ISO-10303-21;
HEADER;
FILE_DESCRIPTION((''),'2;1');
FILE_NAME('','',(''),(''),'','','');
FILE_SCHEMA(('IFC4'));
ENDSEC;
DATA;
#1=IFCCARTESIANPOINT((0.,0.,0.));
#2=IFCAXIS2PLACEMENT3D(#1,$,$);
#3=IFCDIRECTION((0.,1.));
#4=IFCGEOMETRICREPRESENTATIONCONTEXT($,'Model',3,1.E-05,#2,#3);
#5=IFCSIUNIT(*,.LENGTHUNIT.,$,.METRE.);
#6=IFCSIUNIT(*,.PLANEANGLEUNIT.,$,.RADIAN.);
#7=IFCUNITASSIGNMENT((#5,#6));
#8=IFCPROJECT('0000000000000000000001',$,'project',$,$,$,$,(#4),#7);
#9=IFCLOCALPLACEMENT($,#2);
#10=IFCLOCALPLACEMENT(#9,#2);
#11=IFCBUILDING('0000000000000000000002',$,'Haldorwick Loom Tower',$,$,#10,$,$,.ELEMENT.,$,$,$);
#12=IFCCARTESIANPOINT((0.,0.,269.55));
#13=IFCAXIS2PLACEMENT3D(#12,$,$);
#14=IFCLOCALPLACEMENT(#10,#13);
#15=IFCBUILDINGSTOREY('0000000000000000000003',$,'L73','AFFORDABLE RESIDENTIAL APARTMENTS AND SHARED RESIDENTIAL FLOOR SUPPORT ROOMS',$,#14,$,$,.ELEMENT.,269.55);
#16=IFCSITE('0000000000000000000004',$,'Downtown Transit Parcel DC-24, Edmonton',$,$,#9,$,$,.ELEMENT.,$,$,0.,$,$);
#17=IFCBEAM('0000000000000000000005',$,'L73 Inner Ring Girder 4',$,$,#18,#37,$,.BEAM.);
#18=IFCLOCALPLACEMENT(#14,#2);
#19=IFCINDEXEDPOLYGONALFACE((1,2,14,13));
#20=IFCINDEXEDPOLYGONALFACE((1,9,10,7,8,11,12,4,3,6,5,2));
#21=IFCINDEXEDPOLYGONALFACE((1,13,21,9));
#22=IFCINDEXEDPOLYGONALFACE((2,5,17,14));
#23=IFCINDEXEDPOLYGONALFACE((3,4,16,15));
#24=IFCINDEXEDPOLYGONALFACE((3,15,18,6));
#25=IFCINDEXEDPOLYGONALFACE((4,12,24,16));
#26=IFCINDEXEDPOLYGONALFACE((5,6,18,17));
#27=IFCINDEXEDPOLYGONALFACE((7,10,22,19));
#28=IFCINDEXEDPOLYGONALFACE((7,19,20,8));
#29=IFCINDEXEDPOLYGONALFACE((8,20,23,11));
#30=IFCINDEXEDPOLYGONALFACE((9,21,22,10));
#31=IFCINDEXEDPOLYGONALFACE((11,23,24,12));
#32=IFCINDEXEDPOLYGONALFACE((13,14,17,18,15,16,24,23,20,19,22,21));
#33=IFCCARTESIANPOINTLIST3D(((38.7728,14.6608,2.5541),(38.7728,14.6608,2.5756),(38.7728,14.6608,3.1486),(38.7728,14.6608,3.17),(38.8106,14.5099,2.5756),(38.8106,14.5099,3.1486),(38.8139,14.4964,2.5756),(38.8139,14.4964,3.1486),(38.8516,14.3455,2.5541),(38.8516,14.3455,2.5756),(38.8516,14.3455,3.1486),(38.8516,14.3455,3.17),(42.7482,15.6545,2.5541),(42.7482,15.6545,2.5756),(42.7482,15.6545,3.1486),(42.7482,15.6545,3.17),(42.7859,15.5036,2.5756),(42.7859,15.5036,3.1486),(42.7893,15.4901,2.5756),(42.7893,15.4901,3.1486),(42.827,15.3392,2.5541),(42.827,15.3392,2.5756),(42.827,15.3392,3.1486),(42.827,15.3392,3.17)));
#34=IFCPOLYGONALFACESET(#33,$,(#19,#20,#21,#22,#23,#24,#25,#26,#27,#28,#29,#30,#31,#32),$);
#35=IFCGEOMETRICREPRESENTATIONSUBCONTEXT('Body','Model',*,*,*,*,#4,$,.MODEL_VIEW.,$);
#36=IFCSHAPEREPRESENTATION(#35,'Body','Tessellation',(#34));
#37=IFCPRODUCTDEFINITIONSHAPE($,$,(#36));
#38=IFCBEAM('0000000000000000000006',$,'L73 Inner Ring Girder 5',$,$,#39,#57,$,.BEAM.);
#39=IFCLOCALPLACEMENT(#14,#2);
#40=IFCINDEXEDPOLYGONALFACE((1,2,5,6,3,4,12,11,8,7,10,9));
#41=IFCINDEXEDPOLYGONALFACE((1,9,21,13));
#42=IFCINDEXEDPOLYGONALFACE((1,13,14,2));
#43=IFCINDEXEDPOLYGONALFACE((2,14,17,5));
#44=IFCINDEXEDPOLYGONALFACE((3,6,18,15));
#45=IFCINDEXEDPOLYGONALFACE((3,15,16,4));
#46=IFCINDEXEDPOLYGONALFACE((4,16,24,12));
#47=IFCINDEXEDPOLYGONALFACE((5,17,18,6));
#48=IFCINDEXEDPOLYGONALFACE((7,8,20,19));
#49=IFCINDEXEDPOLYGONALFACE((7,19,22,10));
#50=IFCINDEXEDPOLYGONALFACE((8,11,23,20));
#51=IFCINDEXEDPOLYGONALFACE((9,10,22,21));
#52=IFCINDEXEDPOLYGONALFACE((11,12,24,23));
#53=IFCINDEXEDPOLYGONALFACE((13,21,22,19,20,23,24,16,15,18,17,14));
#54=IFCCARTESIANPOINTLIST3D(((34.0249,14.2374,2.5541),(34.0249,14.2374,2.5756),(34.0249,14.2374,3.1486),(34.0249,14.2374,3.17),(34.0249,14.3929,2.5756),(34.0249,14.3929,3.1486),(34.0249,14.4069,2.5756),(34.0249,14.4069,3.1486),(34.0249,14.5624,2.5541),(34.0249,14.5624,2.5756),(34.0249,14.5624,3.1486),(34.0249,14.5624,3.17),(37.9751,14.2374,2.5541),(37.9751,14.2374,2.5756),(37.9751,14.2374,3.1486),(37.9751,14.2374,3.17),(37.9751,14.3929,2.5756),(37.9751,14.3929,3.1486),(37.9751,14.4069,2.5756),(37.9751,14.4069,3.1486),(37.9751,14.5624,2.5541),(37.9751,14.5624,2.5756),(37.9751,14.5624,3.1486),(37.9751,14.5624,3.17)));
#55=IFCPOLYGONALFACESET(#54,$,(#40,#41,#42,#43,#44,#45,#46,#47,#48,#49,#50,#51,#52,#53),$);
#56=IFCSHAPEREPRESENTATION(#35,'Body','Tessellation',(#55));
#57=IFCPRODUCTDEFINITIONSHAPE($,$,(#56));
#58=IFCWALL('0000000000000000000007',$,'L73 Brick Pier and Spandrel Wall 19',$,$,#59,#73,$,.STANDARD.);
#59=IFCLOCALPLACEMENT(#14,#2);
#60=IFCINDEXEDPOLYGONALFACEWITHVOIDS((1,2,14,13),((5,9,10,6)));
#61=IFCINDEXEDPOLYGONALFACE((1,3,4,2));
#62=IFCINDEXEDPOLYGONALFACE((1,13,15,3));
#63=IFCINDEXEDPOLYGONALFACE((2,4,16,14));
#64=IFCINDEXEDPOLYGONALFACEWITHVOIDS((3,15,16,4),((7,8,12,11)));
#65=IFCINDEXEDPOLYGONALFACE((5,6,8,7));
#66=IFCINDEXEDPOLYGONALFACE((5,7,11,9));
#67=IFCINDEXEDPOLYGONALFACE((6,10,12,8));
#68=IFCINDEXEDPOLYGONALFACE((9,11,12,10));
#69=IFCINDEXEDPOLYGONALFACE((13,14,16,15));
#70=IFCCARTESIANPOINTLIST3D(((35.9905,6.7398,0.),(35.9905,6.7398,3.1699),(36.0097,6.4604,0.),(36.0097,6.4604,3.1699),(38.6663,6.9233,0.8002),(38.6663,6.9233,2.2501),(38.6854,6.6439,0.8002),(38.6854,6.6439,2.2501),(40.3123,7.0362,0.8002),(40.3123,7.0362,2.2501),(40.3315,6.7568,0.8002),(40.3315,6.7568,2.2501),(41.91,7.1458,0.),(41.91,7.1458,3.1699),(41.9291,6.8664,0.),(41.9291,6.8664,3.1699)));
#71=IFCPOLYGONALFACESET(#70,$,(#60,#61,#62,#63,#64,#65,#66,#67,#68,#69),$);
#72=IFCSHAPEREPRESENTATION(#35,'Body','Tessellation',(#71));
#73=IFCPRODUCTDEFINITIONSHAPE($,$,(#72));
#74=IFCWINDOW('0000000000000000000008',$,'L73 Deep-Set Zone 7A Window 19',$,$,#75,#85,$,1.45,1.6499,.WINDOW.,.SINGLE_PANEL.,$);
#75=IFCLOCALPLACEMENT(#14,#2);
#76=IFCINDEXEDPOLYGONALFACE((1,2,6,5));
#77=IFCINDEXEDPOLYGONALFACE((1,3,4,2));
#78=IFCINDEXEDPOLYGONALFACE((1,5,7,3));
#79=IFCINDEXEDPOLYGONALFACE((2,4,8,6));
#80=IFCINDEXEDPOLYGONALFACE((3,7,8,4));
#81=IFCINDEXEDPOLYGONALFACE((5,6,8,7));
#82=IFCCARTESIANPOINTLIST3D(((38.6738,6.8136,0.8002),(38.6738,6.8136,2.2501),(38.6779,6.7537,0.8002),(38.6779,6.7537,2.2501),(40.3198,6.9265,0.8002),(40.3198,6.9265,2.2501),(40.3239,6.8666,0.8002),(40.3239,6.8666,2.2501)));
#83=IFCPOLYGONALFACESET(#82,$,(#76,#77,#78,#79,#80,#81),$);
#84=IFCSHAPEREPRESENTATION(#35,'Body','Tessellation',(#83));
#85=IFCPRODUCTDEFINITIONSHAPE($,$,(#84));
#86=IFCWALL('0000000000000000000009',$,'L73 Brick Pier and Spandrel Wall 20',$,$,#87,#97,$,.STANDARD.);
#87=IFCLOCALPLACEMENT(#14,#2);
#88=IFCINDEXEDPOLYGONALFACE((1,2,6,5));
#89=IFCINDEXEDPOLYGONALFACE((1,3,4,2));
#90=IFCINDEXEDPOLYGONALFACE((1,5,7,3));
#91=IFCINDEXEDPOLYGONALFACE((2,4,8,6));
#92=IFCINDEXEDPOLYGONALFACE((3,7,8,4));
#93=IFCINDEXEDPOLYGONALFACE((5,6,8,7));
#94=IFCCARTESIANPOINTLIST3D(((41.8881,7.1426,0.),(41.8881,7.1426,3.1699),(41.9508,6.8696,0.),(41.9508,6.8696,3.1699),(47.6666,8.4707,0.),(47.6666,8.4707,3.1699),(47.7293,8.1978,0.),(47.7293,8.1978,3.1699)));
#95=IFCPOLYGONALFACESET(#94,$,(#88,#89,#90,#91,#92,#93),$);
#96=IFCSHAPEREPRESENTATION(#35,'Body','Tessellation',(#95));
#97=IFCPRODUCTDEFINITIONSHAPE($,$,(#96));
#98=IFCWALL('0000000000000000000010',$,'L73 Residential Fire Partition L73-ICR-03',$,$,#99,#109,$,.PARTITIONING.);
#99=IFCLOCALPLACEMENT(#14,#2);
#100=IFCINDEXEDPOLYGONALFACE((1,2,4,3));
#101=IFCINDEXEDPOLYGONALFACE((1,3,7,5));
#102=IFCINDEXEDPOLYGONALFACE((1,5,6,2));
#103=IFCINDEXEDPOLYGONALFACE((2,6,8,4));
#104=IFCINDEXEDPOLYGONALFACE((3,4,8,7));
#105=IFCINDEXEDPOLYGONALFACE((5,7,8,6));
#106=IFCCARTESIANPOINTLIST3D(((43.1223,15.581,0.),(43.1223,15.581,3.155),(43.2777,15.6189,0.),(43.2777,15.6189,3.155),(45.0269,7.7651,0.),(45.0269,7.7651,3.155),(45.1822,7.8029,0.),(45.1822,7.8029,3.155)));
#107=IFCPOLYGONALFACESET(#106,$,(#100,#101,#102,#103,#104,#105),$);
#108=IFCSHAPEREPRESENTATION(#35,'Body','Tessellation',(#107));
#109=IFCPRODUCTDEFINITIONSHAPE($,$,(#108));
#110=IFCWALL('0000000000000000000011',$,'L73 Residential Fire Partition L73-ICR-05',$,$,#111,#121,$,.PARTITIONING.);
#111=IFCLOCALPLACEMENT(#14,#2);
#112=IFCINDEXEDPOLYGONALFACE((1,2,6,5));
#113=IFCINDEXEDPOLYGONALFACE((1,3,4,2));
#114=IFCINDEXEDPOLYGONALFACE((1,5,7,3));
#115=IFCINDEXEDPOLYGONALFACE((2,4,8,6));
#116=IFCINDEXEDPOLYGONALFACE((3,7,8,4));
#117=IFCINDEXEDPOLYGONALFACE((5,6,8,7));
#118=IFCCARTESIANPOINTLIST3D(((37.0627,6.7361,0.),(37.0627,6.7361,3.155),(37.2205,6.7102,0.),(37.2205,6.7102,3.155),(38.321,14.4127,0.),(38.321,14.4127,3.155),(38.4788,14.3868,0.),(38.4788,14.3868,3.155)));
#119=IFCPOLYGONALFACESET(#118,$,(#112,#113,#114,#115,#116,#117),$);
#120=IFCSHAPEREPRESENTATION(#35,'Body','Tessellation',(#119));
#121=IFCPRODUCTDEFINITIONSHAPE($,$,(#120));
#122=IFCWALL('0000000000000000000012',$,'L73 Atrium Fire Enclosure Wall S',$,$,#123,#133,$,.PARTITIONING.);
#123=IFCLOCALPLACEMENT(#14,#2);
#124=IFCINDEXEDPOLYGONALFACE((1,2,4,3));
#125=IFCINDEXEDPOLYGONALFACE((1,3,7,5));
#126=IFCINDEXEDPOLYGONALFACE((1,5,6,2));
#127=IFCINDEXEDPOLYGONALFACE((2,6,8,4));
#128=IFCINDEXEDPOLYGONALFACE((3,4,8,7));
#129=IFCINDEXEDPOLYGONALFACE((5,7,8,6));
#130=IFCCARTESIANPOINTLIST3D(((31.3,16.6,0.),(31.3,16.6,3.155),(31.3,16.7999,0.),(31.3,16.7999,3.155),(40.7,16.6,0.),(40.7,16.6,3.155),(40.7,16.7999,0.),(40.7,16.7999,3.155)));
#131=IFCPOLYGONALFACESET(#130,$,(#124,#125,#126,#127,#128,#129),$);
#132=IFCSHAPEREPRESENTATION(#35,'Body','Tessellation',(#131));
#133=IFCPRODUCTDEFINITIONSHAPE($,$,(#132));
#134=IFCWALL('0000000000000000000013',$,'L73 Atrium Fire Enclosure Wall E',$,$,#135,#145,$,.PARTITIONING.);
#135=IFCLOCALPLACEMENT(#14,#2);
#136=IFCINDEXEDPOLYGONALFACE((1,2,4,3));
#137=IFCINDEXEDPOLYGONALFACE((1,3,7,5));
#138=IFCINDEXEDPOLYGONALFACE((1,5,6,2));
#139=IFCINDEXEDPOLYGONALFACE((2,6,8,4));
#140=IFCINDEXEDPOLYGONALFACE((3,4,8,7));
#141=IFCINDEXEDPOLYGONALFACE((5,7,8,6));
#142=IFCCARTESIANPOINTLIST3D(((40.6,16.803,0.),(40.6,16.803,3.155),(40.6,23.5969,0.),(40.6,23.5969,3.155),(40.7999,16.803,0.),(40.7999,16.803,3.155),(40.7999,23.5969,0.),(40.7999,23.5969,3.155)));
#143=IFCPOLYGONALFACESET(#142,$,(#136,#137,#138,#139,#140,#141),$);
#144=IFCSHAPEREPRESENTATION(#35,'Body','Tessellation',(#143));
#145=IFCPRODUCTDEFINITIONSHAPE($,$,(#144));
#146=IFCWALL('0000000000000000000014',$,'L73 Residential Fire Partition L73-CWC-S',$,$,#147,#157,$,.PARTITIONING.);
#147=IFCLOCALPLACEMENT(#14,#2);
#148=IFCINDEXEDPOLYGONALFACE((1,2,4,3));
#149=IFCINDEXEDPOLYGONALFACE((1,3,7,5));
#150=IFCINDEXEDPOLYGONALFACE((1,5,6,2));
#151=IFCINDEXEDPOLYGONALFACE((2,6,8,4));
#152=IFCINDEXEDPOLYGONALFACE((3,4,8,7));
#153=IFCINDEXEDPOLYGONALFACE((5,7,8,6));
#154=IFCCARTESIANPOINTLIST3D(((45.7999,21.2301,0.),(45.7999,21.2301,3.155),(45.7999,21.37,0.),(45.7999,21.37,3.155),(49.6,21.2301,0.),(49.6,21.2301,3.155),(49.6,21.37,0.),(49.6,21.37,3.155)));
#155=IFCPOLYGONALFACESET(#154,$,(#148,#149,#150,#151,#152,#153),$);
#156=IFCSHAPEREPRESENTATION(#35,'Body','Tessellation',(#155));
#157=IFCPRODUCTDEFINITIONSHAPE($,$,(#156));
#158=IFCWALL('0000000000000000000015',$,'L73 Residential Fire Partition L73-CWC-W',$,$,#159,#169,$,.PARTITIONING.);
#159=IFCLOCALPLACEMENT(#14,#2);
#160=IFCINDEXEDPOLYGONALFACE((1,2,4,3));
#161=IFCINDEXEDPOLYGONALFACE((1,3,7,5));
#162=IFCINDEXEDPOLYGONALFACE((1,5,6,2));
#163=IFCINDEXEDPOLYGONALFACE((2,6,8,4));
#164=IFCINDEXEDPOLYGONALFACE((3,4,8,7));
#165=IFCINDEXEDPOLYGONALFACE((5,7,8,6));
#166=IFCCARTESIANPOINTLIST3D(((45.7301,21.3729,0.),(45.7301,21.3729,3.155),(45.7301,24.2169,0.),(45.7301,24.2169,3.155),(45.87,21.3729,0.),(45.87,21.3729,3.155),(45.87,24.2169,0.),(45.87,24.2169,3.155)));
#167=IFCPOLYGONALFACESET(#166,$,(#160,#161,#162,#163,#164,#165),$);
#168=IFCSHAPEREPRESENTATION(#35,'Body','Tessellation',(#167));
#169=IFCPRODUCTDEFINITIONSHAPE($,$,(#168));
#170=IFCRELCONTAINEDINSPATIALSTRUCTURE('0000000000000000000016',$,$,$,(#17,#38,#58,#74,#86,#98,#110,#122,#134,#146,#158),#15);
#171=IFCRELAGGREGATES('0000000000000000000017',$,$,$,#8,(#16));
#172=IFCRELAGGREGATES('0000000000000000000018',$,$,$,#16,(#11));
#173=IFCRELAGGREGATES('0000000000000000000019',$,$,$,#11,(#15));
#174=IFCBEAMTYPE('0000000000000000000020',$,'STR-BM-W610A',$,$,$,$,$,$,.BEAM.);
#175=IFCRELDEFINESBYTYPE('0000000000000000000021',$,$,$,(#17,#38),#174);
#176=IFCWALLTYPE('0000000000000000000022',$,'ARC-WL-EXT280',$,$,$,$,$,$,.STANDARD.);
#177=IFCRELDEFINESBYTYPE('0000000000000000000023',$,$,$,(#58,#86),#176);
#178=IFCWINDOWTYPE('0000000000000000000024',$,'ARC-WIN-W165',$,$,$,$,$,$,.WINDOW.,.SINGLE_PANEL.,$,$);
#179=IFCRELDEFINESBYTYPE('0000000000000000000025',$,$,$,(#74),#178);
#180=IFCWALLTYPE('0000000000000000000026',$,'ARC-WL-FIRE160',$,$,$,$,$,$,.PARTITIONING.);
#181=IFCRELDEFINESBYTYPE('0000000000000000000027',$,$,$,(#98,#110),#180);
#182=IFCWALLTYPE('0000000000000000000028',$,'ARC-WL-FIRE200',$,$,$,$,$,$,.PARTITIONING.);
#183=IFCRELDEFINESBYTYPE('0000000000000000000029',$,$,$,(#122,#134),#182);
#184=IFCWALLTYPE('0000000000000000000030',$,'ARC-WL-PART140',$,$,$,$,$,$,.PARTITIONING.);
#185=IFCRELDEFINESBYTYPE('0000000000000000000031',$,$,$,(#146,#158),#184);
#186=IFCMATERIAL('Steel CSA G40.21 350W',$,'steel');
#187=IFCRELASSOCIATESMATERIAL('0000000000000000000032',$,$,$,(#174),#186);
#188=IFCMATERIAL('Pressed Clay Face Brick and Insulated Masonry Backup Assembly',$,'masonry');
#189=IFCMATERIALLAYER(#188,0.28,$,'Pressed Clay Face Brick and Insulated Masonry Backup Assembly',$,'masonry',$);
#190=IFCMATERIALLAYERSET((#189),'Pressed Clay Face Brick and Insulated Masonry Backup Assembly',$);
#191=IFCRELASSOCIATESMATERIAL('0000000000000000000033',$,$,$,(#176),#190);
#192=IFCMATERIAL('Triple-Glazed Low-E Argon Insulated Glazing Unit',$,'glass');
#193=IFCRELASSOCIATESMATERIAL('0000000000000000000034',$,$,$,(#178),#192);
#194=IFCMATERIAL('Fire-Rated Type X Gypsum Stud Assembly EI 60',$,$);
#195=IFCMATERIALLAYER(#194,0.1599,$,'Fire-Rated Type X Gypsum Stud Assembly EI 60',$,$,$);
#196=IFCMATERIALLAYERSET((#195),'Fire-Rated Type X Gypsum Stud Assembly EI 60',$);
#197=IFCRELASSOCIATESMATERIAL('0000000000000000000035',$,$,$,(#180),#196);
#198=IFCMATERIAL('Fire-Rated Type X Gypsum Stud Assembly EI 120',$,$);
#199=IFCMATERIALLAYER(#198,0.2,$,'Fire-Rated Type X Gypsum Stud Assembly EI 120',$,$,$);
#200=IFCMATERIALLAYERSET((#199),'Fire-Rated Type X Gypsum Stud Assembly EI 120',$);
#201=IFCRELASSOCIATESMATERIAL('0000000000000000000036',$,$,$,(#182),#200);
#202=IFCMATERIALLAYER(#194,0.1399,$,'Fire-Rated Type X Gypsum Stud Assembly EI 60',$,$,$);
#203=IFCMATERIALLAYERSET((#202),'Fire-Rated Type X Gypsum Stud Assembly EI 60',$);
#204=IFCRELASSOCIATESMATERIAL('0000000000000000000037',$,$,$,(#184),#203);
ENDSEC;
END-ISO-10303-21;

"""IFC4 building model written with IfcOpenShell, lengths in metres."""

from ifc_helpers import new_model, si_unit, direction, frame, frame_2d, origin, origin_2d, place, context, subcontext, project, spatial, rectangle, i_section, extrude, material, layer, layer_set, material_profile, profile_set, type_object, element, fill, save


model = new_model("IFC4")

# Units and contexts
model_context = context("Model", 3, precision=1e-05, world=origin(), true_north=direction((0.0, 1.0)))
body_context = subcontext(model_context, "Body", "Model", "MODEL_VIEW")
ifc_project = project(units=[si_unit("LENGTHUNIT", "METRE"), si_unit("PLANEANGLEUNIT", "RADIAN")], contexts=[model_context])

# Site, building, storey
site_placement = place(None, origin())
site = spatial("IfcSite", under=ifc_project, at=site_placement, Name="Downtown Transit Parcel DC-24, Edmonton", CompositionType="ELEMENT", RefElevation=0.0)
building_placement = place(site_placement, origin())
building = spatial("IfcBuilding", under=site, at=building_placement, Name="Haldorwick Loom Tower", CompositionType="ELEMENT")
storey_placement = place(building_placement, frame((0.0, 0.0, 269.55)))
storey = spatial("IfcBuildingStorey", under=building, at=storey_placement, Name="L73", Description="AFFORDABLE RESIDENTIAL APARTMENTS AND SHARED RESIDENTIAL FLOOR SUPPORT ROOMS", CompositionType="ELEMENT", Elevation=269.55)

# Shared definitions
ifc_material_1 = material(Name="Steel CSA G40.21 350W", Category="steel")

# Beams
ifc_material_profile_1 = material_profile(ifc_material_1, i_section(OverallWidth=0.325, OverallDepth=0.616, WebThickness=0.0139, FlangeThickness=0.0215, at=origin_2d()), Name="W610X174", Category="steel")
ifc_profile_set_1 = profile_set([ifc_material_profile_1], Name="Steel CSA G40.21 350W")
beam_type_1 = type_object("IfcBeamType", Name="STR-BM-W610A", PredefinedType="BEAM", material=ifc_profile_set_1)
beam_1_placement = place(storey_placement, frame((42.7876, 15.4968, 2.8621), z_axis=(-0.970153, -0.242494, 0.0), x_axis=(0.242494, -0.970153, 0.0)))
element("IfcBeam", 1, at=beam_1_placement, inside=storey, type_object=beam_type_1, Name="L73 Inner Ring Girder 4", PredefinedType="BEAM", context=body_context, shape_type="SweptSolid", body=[
    extrude(i_section(OverallWidth=0.325, OverallDepth=0.616, WebThickness=0.0139, FlangeThickness=0.0215, at=origin_2d()), origin(), (0.0, 0.0, 1.0), 4.0977),
])
beam_2_placement = place(storey_placement, frame((37.9751, 14.3999, 2.8621), z_axis=(-1.0, 0.0, 0.0), x_axis=(0.0, -1.0, 0.0)))
element("IfcBeam", 2, at=beam_2_placement, inside=storey, type_object=beam_type_1, Name="L73 Inner Ring Girder 5", PredefinedType="BEAM", context=body_context, shape_type="SweptSolid", body=[
    extrude(i_section(OverallWidth=0.325, OverallDepth=0.616, WebThickness=0.0139, FlangeThickness=0.0215, at=origin_2d()), origin(), (0.0, 0.0, 1.0), 3.9502),
])

# Wall, opening, window
ifc_material_2 = material(Name="Pressed Clay Face Brick and Insulated Masonry Backup Assembly", Category="masonry")
ifc_layer_1 = layer(ifc_material_2, 0.28, Name="Pressed Clay Face Brick and Insulated Masonry Backup Assembly", Category="masonry")
ifc_layer_set_1 = layer_set([ifc_layer_1], Name="Pressed Clay Face Brick and Insulated Masonry Backup Assembly")
wall_type_1 = type_object("IfcWallType", Name="ARC-WL-EXT280", PredefinedType="STANDARD", material=ifc_layer_set_1)
wall_1_placement = place(storey_placement, frame((36.0, 6.6001, 0.0), z_axis=(0.0, 0.0, 1.0), x_axis=(0.997656, 0.068428, 0.0)))
wall_1 = element("IfcWall", 3, at=wall_1_placement, inside=storey, type_object=wall_type_1, Name="L73 Brick Pier and Spandrel Wall 19", PredefinedType="STANDARD", context=body_context, shape_type="SweptSolid", body=[
    extrude(rectangle(XDim=5.9333, YDim=0.28, at=frame_2d((2.9668, 0.0))), origin(), (0.0, 0.0, 1.0), 3.1699),
])
opening_placement = place(wall_1_placement, frame((2.6821, 0.0, 0.8)))
opening = element("IfcOpeningElement", 4, at=opening_placement, cuts=wall_1, PredefinedType="OPENING", context=body_context, shape_type="SweptSolid", body=[
    extrude(rectangle(XDim=1.6499, YDim=1.45, at=frame_2d((0.825, 0.7251))), frame((0.0, 0.1499, 0.0), z_axis=(0.0, -1.0, 0.0), x_axis=(1.0, 0.0, 0.0)), (0.0, 0.0, 1.0), 0.3),
])
ifc_material_3 = material(Name="Triple-Glazed Low-E Argon Insulated Glazing Unit", Category="glass")
window_type = type_object("IfcWindowType", Name="ARC-WIN-W165", PartitioningType="SINGLE_PANEL", PredefinedType="WINDOW", material=ifc_material_3)
window_placement = place(opening_placement, origin())
window = element("IfcWindow", 5, at=window_placement, inside=storey, type_object=window_type, Name="L73 Deep-Set Zone 7A Window 19", OverallHeight=1.45, OverallWidth=1.6499, PartitioningType="SINGLE_PANEL", PredefinedType="WINDOW", context=body_context, shape_type="SweptSolid", body=[
    extrude(rectangle(XDim=1.6499, YDim=1.45, at=frame_2d((0.825, 0.7251))), frame((0.0, 0.03, 0.0), z_axis=(0.0, -1.0, 0.0), x_axis=(1.0, 0.0, 0.0)), (0.0, 0.0, 1.0), 0.0601),
])
fill(opening, window)

# Walls
wall_2_placement = place(storey_placement, frame((41.9194, 7.0061, 0.0), z_axis=(0.0, 0.0, 1.0), x_axis=(0.97459, 0.223996, 0.0)))
element("IfcWall", 6, at=wall_2_placement, inside=storey, type_object=wall_type_1, Name="L73 Brick Pier and Spandrel Wall 20", PredefinedType="STANDARD", context=body_context, shape_type="SweptSolid", body=[
    extrude(rectangle(XDim=5.9292, YDim=0.28, at=frame_2d((2.9646, 0.0))), origin(), (0.0, 0.0, 1.0), 3.1699),
])
ifc_material_4 = material(Name="Fire-Rated Type X Gypsum Stud Assembly EI 60")
ifc_layer_2 = layer(ifc_material_4, 0.1599, Name="Fire-Rated Type X Gypsum Stud Assembly EI 60")
ifc_layer_set_2 = layer_set([ifc_layer_2], Name="Fire-Rated Type X Gypsum Stud Assembly EI 60")
wall_type_2 = type_object("IfcWallType", Name="ARC-WL-FIRE160", PredefinedType="PARTITIONING", material=ifc_layer_set_2)
wall_3_placement = place(storey_placement, frame((43.2, 15.6001, 0.0), z_axis=(0.0, 0.0, 1.0), x_axis=(0.236747, -0.971571, 0.0)))
element("IfcWall", 7, at=wall_3_placement, inside=storey, type_object=wall_type_2, Name="L73 Residential Fire Partition L73-ICR-03", PredefinedType="PARTITIONING", context=body_context, shape_type="SweptSolid", body=[
    extrude(rectangle(XDim=8.0447, YDim=0.1599, at=frame_2d((4.0225, 0.0))), origin(), (0.0, 0.0, 1.0), 3.155),
])
wall_4_placement = place(storey_placement, frame((38.3999, 14.3999, 0.0), z_axis=(0.0, 0.0, 1.0), x_axis=(-0.161757, -0.986831, 0.0)))
element("IfcWall", 8, at=wall_4_placement, inside=storey, type_object=wall_type_2, Name="L73 Residential Fire Partition L73-ICR-05", PredefinedType="PARTITIONING", context=body_context, shape_type="SweptSolid", body=[
    extrude(rectangle(XDim=7.7791, YDim=0.1599, at=frame_2d((3.8896, 0.0))), origin(), (0.0, 0.0, 1.0), 3.155),
])
ifc_material_5 = material(Name="Fire-Rated Type X Gypsum Stud Assembly EI 120")
ifc_layer_3 = layer(ifc_material_5, 0.2, Name="Fire-Rated Type X Gypsum Stud Assembly EI 120")
ifc_layer_set_3 = layer_set([ifc_layer_3], Name="Fire-Rated Type X Gypsum Stud Assembly EI 120")
wall_type_3 = type_object("IfcWallType", Name="ARC-WL-FIRE200", PredefinedType="PARTITIONING", material=ifc_layer_set_3)
wall_5_placement = place(storey_placement, frame((40.7, 16.7, 0.0), z_axis=(0.0, 0.0, 1.0), x_axis=(-1.0, 0.0, 0.0)))
element("IfcWall", 9, at=wall_5_placement, inside=storey, type_object=wall_type_3, Name="L73 Atrium Fire Enclosure Wall S", PredefinedType="PARTITIONING", context=body_context, shape_type="SweptSolid", body=[
    extrude(rectangle(XDim=9.3999, YDim=0.2, at=frame_2d((4.7, 0.0))), origin(), (0.0, 0.0, 1.0), 3.155),
])
wall_6_placement = place(storey_placement, frame((40.7, 23.5969, 0.0), z_axis=(0.0, 0.0, 1.0), x_axis=(0.0, -1.0, 0.0)))
element("IfcWall", 10, at=wall_6_placement, inside=storey, type_object=wall_type_3, Name="L73 Atrium Fire Enclosure Wall E", PredefinedType="PARTITIONING", context=body_context, shape_type="SweptSolid", body=[
    extrude(rectangle(XDim=6.7939, YDim=0.2, at=frame_2d((3.397, 0.0))), origin(), (0.0, 0.0, 1.0), 3.155),
])
ifc_layer_4 = layer(ifc_material_4, 0.1399, Name="Fire-Rated Type X Gypsum Stud Assembly EI 60")
ifc_layer_set_4 = layer_set([ifc_layer_4], Name="Fire-Rated Type X Gypsum Stud Assembly EI 60")
wall_type_4 = type_object("IfcWallType", Name="ARC-WL-PART140", PredefinedType="PARTITIONING", material=ifc_layer_set_4)
wall_7_placement = place(storey_placement, frame((45.8, 21.3, 0.0), z_axis=(0.0, 0.0, 1.0), x_axis=(1.0, 0.0, 0.0)))
element("IfcWall", 11, at=wall_7_placement, inside=storey, type_object=wall_type_4, Name="L73 Residential Fire Partition L73-CWC-S", PredefinedType="PARTITIONING", context=body_context, shape_type="SweptSolid", body=[
    extrude(rectangle(XDim=3.8, YDim=0.1399, at=frame_2d((1.8999, 0.0))), origin(), (0.0, 0.0, 1.0), 3.155),
])
wall_8_placement = place(storey_placement, frame((45.8, 21.373, 0.0), z_axis=(0.0, 0.0, 1.0), x_axis=(0.0, 1.0, 0.0)))
element("IfcWall", 12, at=wall_8_placement, inside=storey, type_object=wall_type_4, Name="L73 Residential Fire Partition L73-CWC-W", PredefinedType="PARTITIONING", context=body_context, shape_type="SweptSolid", body=[
    extrude(rectangle(XDim=2.844, YDim=0.1399, at=frame_2d((1.4219, 0.0))), origin(), (0.0, 0.0, 1.0), 3.155),
])

save(model, "model.ifc")
